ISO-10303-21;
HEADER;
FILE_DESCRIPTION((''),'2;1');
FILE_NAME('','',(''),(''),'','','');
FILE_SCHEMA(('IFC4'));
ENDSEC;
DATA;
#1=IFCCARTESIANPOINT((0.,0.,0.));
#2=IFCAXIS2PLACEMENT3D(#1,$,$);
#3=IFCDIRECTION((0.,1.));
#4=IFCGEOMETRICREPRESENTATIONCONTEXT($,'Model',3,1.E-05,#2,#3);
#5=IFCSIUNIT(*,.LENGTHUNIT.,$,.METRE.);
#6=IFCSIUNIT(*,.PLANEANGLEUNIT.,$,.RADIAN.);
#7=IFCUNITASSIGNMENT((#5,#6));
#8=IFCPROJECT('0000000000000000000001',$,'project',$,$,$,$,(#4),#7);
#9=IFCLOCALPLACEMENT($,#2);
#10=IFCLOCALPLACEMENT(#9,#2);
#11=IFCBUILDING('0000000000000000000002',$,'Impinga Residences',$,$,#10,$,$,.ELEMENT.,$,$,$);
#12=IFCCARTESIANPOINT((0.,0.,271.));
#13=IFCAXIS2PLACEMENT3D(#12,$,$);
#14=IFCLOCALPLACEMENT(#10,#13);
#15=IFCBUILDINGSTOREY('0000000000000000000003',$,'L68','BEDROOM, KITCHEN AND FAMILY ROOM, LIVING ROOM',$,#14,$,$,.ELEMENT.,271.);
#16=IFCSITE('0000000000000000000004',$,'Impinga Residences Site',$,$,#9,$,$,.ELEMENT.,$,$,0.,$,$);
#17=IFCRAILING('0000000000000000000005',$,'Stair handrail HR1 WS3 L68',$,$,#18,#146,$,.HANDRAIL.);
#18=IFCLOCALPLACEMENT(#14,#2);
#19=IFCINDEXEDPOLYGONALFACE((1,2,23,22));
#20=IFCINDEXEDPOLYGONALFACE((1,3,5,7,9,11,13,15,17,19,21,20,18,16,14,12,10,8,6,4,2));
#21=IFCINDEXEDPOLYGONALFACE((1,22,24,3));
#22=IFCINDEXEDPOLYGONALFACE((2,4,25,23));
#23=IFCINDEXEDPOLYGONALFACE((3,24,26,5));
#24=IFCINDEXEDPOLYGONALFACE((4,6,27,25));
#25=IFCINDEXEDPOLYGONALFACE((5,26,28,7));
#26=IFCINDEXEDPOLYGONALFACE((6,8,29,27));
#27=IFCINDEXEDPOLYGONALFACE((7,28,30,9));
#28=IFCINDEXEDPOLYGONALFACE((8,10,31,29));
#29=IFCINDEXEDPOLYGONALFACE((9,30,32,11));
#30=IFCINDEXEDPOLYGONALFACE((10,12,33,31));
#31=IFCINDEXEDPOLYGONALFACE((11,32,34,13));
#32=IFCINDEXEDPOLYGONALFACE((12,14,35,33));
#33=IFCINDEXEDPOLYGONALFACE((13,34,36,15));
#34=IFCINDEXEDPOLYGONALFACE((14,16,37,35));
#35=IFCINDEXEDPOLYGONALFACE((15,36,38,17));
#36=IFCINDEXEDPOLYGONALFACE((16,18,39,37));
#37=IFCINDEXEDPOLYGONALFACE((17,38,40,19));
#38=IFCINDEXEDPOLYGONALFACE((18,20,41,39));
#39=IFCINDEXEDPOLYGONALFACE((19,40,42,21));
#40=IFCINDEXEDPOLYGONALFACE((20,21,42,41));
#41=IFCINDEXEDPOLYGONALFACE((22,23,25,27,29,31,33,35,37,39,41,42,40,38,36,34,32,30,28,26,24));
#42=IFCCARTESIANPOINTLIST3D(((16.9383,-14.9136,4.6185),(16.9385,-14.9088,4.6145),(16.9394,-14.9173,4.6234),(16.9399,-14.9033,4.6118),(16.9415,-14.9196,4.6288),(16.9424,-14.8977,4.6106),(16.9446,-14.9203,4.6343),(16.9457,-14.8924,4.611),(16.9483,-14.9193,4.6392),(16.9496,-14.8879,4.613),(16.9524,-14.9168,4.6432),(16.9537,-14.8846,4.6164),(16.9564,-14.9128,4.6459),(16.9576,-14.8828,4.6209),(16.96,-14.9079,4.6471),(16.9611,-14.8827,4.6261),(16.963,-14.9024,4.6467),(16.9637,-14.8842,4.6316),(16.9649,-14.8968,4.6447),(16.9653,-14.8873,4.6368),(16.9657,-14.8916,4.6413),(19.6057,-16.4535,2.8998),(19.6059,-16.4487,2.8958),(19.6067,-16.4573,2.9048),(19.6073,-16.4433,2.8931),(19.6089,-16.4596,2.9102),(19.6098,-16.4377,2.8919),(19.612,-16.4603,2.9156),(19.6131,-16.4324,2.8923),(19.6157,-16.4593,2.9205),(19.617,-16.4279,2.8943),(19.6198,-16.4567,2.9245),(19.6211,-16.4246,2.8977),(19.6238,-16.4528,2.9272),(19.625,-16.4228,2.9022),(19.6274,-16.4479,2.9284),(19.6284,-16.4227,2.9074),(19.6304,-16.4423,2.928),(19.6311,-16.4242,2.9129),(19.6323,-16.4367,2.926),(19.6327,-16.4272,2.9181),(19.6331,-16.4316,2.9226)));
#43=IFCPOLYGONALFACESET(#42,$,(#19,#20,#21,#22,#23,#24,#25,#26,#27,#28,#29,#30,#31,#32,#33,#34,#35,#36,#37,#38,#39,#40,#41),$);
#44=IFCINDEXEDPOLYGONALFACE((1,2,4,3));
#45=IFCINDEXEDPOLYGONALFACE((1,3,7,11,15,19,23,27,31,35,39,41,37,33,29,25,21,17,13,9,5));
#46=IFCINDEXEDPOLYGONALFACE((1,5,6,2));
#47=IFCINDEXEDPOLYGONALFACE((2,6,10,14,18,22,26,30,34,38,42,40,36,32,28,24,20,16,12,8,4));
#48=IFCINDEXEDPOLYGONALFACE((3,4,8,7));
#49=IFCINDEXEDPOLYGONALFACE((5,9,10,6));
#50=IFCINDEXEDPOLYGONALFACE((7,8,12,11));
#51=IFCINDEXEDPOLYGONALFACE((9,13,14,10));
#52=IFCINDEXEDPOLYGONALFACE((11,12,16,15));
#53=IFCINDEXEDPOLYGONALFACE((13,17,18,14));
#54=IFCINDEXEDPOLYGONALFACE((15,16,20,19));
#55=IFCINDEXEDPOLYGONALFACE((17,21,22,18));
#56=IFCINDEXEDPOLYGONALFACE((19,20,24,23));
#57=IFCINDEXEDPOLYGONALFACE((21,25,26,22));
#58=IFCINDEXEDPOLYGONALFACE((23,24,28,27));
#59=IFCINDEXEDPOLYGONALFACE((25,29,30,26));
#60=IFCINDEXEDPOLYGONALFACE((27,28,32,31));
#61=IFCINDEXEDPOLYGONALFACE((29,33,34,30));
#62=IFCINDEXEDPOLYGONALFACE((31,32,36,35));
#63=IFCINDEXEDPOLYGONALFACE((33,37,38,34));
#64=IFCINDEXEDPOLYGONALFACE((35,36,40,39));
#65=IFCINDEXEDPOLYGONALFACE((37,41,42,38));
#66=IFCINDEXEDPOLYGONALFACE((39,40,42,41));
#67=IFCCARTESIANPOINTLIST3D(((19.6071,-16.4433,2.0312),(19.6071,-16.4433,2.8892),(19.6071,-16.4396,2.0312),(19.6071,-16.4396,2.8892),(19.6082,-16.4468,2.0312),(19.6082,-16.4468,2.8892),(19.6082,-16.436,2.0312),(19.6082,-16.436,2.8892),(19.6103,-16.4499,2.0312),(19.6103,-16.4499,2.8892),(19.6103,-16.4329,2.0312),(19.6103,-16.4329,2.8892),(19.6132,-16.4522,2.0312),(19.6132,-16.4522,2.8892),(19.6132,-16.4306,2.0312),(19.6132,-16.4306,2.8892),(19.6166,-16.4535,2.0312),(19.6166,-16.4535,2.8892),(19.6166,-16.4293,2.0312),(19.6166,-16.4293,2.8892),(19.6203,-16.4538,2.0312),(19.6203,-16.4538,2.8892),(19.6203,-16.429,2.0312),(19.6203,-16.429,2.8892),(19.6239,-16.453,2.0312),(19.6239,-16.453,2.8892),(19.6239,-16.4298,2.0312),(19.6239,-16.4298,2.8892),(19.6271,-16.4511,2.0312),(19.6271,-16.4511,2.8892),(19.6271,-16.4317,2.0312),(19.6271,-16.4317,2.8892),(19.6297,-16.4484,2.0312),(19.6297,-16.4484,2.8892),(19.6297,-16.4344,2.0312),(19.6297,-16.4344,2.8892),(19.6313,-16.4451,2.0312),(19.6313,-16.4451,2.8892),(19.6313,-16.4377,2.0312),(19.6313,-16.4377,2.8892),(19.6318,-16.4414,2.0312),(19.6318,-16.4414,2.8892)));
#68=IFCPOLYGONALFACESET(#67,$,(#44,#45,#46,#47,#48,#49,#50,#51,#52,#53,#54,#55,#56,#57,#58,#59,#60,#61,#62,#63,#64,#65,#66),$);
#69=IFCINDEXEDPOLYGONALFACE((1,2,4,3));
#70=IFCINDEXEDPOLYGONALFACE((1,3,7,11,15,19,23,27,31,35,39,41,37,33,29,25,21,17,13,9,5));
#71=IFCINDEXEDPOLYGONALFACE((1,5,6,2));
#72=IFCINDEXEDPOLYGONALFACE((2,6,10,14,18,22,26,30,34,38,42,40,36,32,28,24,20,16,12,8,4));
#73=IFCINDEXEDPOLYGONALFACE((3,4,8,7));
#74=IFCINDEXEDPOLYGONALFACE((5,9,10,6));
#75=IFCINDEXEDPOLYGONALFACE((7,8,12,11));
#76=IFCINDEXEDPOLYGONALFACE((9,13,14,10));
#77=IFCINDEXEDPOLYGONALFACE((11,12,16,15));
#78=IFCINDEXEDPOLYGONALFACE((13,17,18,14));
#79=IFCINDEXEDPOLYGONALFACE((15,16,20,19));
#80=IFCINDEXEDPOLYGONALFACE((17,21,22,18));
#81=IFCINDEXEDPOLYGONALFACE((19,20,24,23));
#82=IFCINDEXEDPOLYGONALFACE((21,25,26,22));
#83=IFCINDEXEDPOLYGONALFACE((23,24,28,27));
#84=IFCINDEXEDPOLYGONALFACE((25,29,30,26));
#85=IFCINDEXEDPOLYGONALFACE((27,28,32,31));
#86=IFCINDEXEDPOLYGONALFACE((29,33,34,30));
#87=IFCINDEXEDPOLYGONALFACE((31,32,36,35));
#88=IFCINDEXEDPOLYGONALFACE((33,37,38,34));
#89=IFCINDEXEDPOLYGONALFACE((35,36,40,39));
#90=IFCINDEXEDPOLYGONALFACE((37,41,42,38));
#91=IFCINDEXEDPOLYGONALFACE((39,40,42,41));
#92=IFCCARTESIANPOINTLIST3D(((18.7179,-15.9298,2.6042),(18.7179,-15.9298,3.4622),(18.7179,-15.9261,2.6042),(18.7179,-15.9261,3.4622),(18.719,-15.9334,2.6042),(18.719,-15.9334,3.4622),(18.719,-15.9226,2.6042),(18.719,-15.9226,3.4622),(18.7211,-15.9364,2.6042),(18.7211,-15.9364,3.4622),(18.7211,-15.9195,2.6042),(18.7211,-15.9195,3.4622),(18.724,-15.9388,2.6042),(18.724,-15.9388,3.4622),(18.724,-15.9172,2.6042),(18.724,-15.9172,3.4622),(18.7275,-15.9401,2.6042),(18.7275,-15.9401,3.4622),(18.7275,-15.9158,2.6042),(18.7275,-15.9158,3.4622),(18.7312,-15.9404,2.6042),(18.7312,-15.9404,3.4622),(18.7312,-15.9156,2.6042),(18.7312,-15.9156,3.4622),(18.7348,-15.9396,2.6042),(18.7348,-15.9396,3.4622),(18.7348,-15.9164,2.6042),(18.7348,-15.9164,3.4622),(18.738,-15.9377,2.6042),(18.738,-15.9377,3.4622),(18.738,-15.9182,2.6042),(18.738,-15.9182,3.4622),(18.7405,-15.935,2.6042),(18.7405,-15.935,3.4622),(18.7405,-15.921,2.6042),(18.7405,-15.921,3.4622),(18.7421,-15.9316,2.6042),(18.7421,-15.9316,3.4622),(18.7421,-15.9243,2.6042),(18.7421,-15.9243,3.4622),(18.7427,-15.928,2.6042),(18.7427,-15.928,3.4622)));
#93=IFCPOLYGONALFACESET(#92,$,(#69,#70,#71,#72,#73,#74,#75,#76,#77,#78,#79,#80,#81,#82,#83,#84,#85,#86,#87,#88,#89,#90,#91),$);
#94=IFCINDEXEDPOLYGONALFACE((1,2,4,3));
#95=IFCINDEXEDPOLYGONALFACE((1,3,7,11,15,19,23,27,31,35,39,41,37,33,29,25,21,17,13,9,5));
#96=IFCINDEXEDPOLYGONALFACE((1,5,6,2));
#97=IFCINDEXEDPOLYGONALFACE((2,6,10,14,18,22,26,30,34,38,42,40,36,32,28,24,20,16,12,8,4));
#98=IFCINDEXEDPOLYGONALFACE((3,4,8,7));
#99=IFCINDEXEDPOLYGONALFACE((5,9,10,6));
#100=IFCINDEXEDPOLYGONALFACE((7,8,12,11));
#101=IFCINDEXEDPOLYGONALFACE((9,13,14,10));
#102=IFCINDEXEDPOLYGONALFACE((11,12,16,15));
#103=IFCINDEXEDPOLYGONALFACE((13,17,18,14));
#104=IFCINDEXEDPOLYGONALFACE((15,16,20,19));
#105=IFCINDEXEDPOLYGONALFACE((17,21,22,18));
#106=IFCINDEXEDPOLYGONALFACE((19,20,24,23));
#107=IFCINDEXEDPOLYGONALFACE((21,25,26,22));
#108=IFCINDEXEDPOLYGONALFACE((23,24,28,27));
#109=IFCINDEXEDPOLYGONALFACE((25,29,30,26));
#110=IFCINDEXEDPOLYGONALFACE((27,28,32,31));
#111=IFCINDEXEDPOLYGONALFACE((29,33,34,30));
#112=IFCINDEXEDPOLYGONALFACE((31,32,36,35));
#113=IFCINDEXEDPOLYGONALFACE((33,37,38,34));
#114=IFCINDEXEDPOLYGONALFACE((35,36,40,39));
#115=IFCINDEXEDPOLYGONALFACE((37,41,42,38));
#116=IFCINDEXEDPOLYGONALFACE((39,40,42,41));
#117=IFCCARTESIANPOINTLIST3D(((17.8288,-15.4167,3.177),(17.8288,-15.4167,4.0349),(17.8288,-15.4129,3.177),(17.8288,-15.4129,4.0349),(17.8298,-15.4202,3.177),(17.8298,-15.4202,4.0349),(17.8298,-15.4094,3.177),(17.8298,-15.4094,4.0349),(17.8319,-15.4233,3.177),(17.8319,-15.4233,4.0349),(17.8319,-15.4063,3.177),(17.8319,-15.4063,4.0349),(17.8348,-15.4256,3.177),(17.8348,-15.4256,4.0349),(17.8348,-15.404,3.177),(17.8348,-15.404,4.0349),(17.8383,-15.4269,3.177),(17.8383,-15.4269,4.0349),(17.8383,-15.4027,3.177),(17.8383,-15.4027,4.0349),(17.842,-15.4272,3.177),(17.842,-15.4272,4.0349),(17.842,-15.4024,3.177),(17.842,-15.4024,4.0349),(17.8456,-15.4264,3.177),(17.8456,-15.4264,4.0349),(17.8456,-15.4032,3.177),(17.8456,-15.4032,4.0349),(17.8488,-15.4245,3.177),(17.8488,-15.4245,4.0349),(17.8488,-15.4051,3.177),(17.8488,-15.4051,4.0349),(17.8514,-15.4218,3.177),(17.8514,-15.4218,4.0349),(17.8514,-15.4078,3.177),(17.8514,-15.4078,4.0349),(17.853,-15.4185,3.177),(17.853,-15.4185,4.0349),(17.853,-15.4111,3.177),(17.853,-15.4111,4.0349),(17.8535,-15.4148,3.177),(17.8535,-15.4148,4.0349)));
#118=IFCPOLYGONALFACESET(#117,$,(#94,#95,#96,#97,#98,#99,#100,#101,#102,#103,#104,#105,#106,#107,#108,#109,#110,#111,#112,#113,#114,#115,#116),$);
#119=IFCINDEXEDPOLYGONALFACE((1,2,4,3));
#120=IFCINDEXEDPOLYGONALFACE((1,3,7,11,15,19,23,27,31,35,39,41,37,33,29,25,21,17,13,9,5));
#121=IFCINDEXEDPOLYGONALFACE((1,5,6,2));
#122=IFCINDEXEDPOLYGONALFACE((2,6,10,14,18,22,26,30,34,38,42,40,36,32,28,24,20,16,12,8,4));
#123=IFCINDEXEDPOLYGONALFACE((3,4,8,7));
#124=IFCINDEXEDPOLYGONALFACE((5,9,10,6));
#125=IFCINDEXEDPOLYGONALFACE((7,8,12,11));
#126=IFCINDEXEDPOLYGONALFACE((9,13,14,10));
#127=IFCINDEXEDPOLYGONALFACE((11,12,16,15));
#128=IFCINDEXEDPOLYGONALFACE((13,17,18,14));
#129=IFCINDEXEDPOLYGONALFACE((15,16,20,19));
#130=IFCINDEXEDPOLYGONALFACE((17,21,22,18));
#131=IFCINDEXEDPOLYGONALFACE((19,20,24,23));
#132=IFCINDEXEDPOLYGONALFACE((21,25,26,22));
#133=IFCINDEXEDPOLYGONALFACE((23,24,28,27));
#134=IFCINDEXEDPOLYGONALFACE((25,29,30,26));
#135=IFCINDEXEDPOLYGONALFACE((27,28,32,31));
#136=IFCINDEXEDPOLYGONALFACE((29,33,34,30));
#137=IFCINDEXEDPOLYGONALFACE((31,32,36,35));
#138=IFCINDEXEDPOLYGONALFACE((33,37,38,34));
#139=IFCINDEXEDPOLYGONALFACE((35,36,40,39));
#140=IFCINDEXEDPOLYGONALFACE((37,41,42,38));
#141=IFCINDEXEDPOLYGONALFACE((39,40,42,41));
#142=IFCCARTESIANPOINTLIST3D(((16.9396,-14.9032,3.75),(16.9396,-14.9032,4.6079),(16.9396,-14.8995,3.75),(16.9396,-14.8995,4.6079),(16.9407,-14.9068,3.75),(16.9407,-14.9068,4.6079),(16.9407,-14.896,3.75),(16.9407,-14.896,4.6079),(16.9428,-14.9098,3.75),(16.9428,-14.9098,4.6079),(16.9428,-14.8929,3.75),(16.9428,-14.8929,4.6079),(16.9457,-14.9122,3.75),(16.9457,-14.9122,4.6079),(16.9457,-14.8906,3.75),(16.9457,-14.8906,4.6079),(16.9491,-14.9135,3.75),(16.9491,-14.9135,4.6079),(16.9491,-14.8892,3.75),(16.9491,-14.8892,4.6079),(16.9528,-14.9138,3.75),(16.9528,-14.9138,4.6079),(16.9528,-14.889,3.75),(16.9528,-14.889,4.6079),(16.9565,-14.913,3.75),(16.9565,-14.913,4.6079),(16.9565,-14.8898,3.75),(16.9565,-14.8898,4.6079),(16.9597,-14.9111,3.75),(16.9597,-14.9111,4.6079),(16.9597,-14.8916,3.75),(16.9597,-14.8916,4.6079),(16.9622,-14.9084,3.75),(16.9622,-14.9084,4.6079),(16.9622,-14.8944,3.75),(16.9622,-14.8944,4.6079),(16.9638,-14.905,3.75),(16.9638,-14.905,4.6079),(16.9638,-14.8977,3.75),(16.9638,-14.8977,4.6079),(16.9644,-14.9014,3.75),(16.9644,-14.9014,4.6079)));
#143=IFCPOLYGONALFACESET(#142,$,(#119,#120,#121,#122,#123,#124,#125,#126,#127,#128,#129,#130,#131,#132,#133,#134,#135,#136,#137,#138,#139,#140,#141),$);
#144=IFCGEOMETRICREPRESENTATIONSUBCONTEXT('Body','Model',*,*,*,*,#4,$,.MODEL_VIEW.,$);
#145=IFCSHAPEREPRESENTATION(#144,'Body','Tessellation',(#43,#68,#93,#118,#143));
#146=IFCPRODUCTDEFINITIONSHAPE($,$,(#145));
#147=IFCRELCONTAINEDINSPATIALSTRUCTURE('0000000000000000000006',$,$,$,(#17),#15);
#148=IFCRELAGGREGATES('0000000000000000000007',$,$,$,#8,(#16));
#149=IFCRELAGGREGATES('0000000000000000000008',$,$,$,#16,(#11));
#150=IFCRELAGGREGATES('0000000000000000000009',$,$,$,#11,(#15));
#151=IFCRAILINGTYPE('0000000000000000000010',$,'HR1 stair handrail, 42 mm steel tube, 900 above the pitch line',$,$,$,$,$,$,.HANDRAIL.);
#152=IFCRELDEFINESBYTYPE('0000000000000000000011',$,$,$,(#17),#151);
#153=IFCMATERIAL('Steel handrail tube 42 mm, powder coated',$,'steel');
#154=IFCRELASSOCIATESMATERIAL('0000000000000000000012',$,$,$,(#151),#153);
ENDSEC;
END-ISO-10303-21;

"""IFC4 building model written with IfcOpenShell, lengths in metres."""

from ifc_helpers import new_model, si_unit, direction, frame, origin, origin_2d, place, context, subcontext, project, spatial, circle, extrude, material, type_object, element, save


model = new_model("IFC4")

# Units and contexts
model_context = context("Model", 3, precision=1e-05, world=origin(), true_north=direction((0.0, 1.0)))
body_context = subcontext(model_context, "Body", "Model", "MODEL_VIEW")
ifc_project = project(units=[si_unit("LENGTHUNIT", "METRE"), si_unit("PLANEANGLEUNIT", "RADIAN")], contexts=[model_context])

# Site, building, storey
site_placement = place(None, origin())
site = spatial("IfcSite", under=ifc_project, at=site_placement, Name="Impinga Residences Site", CompositionType="ELEMENT", RefElevation=0.0)
building_placement = place(site_placement, origin())
building = spatial("IfcBuilding", under=site, at=building_placement, Name="Impinga Residences", CompositionType="ELEMENT")
storey_placement = place(building_placement, frame((0.0, 0.0, 271.0)))
storey = spatial("IfcBuildingStorey", under=building, at=storey_placement, Name="L68", Description="BEDROOM, KITCHEN AND FAMILY ROOM, LIVING ROOM", CompositionType="ELEMENT", Elevation=271.0)

# Railing
ifc_material_1 = material(Name="Steel handrail tube 42 mm, powder coated", Category="steel")
railing_type_1 = type_object("IfcRailingType", Name="HR1 stair handrail, 42 mm steel tube, 900 above the pitch line", PredefinedType="HANDRAIL", material=ifc_material_1)
railing_1_placement = place(storey_placement, frame((19.6194, -16.4414, 2.0312)))
element("IfcRailing", 1, at=railing_1_placement, inside=storey, type_object=railing_type_1, Name="Stair handrail HR1 WS3 L68", PredefinedType="HANDRAIL", context=body_context, shape_type="SweptSolid", body=[
    extrude(circle(Radius=0.021, at=origin_2d()), frame((0.0, 0.0, 0.8789), z_axis=(-0.756256, 0.436616, 0.487282), x_axis=(-0.499992, -0.86603, 0.0)), (0.0, 0.0, 1.0), 3.5271),
    extrude(circle(Radius=0.0125, at=origin_2d()), origin(), (0.0, 0.0, 1.0), 0.8579),
    extrude(circle(Radius=0.0125, at=origin_2d()), frame((-0.8892, 0.5134, 0.573)), (0.0, 0.0, 1.0), 0.8579),
    extrude(circle(Radius=0.0125, at=origin_2d()), frame((-1.7783, 1.0266, 1.1458)), (0.0, 0.0, 1.0), 0.8579),
    extrude(circle(Radius=0.0125, at=origin_2d()), frame((-2.6675, 1.54, 1.7188)), (0.0, 0.0, 1.0), 0.8579),
])

save(model, "model.ifc")
